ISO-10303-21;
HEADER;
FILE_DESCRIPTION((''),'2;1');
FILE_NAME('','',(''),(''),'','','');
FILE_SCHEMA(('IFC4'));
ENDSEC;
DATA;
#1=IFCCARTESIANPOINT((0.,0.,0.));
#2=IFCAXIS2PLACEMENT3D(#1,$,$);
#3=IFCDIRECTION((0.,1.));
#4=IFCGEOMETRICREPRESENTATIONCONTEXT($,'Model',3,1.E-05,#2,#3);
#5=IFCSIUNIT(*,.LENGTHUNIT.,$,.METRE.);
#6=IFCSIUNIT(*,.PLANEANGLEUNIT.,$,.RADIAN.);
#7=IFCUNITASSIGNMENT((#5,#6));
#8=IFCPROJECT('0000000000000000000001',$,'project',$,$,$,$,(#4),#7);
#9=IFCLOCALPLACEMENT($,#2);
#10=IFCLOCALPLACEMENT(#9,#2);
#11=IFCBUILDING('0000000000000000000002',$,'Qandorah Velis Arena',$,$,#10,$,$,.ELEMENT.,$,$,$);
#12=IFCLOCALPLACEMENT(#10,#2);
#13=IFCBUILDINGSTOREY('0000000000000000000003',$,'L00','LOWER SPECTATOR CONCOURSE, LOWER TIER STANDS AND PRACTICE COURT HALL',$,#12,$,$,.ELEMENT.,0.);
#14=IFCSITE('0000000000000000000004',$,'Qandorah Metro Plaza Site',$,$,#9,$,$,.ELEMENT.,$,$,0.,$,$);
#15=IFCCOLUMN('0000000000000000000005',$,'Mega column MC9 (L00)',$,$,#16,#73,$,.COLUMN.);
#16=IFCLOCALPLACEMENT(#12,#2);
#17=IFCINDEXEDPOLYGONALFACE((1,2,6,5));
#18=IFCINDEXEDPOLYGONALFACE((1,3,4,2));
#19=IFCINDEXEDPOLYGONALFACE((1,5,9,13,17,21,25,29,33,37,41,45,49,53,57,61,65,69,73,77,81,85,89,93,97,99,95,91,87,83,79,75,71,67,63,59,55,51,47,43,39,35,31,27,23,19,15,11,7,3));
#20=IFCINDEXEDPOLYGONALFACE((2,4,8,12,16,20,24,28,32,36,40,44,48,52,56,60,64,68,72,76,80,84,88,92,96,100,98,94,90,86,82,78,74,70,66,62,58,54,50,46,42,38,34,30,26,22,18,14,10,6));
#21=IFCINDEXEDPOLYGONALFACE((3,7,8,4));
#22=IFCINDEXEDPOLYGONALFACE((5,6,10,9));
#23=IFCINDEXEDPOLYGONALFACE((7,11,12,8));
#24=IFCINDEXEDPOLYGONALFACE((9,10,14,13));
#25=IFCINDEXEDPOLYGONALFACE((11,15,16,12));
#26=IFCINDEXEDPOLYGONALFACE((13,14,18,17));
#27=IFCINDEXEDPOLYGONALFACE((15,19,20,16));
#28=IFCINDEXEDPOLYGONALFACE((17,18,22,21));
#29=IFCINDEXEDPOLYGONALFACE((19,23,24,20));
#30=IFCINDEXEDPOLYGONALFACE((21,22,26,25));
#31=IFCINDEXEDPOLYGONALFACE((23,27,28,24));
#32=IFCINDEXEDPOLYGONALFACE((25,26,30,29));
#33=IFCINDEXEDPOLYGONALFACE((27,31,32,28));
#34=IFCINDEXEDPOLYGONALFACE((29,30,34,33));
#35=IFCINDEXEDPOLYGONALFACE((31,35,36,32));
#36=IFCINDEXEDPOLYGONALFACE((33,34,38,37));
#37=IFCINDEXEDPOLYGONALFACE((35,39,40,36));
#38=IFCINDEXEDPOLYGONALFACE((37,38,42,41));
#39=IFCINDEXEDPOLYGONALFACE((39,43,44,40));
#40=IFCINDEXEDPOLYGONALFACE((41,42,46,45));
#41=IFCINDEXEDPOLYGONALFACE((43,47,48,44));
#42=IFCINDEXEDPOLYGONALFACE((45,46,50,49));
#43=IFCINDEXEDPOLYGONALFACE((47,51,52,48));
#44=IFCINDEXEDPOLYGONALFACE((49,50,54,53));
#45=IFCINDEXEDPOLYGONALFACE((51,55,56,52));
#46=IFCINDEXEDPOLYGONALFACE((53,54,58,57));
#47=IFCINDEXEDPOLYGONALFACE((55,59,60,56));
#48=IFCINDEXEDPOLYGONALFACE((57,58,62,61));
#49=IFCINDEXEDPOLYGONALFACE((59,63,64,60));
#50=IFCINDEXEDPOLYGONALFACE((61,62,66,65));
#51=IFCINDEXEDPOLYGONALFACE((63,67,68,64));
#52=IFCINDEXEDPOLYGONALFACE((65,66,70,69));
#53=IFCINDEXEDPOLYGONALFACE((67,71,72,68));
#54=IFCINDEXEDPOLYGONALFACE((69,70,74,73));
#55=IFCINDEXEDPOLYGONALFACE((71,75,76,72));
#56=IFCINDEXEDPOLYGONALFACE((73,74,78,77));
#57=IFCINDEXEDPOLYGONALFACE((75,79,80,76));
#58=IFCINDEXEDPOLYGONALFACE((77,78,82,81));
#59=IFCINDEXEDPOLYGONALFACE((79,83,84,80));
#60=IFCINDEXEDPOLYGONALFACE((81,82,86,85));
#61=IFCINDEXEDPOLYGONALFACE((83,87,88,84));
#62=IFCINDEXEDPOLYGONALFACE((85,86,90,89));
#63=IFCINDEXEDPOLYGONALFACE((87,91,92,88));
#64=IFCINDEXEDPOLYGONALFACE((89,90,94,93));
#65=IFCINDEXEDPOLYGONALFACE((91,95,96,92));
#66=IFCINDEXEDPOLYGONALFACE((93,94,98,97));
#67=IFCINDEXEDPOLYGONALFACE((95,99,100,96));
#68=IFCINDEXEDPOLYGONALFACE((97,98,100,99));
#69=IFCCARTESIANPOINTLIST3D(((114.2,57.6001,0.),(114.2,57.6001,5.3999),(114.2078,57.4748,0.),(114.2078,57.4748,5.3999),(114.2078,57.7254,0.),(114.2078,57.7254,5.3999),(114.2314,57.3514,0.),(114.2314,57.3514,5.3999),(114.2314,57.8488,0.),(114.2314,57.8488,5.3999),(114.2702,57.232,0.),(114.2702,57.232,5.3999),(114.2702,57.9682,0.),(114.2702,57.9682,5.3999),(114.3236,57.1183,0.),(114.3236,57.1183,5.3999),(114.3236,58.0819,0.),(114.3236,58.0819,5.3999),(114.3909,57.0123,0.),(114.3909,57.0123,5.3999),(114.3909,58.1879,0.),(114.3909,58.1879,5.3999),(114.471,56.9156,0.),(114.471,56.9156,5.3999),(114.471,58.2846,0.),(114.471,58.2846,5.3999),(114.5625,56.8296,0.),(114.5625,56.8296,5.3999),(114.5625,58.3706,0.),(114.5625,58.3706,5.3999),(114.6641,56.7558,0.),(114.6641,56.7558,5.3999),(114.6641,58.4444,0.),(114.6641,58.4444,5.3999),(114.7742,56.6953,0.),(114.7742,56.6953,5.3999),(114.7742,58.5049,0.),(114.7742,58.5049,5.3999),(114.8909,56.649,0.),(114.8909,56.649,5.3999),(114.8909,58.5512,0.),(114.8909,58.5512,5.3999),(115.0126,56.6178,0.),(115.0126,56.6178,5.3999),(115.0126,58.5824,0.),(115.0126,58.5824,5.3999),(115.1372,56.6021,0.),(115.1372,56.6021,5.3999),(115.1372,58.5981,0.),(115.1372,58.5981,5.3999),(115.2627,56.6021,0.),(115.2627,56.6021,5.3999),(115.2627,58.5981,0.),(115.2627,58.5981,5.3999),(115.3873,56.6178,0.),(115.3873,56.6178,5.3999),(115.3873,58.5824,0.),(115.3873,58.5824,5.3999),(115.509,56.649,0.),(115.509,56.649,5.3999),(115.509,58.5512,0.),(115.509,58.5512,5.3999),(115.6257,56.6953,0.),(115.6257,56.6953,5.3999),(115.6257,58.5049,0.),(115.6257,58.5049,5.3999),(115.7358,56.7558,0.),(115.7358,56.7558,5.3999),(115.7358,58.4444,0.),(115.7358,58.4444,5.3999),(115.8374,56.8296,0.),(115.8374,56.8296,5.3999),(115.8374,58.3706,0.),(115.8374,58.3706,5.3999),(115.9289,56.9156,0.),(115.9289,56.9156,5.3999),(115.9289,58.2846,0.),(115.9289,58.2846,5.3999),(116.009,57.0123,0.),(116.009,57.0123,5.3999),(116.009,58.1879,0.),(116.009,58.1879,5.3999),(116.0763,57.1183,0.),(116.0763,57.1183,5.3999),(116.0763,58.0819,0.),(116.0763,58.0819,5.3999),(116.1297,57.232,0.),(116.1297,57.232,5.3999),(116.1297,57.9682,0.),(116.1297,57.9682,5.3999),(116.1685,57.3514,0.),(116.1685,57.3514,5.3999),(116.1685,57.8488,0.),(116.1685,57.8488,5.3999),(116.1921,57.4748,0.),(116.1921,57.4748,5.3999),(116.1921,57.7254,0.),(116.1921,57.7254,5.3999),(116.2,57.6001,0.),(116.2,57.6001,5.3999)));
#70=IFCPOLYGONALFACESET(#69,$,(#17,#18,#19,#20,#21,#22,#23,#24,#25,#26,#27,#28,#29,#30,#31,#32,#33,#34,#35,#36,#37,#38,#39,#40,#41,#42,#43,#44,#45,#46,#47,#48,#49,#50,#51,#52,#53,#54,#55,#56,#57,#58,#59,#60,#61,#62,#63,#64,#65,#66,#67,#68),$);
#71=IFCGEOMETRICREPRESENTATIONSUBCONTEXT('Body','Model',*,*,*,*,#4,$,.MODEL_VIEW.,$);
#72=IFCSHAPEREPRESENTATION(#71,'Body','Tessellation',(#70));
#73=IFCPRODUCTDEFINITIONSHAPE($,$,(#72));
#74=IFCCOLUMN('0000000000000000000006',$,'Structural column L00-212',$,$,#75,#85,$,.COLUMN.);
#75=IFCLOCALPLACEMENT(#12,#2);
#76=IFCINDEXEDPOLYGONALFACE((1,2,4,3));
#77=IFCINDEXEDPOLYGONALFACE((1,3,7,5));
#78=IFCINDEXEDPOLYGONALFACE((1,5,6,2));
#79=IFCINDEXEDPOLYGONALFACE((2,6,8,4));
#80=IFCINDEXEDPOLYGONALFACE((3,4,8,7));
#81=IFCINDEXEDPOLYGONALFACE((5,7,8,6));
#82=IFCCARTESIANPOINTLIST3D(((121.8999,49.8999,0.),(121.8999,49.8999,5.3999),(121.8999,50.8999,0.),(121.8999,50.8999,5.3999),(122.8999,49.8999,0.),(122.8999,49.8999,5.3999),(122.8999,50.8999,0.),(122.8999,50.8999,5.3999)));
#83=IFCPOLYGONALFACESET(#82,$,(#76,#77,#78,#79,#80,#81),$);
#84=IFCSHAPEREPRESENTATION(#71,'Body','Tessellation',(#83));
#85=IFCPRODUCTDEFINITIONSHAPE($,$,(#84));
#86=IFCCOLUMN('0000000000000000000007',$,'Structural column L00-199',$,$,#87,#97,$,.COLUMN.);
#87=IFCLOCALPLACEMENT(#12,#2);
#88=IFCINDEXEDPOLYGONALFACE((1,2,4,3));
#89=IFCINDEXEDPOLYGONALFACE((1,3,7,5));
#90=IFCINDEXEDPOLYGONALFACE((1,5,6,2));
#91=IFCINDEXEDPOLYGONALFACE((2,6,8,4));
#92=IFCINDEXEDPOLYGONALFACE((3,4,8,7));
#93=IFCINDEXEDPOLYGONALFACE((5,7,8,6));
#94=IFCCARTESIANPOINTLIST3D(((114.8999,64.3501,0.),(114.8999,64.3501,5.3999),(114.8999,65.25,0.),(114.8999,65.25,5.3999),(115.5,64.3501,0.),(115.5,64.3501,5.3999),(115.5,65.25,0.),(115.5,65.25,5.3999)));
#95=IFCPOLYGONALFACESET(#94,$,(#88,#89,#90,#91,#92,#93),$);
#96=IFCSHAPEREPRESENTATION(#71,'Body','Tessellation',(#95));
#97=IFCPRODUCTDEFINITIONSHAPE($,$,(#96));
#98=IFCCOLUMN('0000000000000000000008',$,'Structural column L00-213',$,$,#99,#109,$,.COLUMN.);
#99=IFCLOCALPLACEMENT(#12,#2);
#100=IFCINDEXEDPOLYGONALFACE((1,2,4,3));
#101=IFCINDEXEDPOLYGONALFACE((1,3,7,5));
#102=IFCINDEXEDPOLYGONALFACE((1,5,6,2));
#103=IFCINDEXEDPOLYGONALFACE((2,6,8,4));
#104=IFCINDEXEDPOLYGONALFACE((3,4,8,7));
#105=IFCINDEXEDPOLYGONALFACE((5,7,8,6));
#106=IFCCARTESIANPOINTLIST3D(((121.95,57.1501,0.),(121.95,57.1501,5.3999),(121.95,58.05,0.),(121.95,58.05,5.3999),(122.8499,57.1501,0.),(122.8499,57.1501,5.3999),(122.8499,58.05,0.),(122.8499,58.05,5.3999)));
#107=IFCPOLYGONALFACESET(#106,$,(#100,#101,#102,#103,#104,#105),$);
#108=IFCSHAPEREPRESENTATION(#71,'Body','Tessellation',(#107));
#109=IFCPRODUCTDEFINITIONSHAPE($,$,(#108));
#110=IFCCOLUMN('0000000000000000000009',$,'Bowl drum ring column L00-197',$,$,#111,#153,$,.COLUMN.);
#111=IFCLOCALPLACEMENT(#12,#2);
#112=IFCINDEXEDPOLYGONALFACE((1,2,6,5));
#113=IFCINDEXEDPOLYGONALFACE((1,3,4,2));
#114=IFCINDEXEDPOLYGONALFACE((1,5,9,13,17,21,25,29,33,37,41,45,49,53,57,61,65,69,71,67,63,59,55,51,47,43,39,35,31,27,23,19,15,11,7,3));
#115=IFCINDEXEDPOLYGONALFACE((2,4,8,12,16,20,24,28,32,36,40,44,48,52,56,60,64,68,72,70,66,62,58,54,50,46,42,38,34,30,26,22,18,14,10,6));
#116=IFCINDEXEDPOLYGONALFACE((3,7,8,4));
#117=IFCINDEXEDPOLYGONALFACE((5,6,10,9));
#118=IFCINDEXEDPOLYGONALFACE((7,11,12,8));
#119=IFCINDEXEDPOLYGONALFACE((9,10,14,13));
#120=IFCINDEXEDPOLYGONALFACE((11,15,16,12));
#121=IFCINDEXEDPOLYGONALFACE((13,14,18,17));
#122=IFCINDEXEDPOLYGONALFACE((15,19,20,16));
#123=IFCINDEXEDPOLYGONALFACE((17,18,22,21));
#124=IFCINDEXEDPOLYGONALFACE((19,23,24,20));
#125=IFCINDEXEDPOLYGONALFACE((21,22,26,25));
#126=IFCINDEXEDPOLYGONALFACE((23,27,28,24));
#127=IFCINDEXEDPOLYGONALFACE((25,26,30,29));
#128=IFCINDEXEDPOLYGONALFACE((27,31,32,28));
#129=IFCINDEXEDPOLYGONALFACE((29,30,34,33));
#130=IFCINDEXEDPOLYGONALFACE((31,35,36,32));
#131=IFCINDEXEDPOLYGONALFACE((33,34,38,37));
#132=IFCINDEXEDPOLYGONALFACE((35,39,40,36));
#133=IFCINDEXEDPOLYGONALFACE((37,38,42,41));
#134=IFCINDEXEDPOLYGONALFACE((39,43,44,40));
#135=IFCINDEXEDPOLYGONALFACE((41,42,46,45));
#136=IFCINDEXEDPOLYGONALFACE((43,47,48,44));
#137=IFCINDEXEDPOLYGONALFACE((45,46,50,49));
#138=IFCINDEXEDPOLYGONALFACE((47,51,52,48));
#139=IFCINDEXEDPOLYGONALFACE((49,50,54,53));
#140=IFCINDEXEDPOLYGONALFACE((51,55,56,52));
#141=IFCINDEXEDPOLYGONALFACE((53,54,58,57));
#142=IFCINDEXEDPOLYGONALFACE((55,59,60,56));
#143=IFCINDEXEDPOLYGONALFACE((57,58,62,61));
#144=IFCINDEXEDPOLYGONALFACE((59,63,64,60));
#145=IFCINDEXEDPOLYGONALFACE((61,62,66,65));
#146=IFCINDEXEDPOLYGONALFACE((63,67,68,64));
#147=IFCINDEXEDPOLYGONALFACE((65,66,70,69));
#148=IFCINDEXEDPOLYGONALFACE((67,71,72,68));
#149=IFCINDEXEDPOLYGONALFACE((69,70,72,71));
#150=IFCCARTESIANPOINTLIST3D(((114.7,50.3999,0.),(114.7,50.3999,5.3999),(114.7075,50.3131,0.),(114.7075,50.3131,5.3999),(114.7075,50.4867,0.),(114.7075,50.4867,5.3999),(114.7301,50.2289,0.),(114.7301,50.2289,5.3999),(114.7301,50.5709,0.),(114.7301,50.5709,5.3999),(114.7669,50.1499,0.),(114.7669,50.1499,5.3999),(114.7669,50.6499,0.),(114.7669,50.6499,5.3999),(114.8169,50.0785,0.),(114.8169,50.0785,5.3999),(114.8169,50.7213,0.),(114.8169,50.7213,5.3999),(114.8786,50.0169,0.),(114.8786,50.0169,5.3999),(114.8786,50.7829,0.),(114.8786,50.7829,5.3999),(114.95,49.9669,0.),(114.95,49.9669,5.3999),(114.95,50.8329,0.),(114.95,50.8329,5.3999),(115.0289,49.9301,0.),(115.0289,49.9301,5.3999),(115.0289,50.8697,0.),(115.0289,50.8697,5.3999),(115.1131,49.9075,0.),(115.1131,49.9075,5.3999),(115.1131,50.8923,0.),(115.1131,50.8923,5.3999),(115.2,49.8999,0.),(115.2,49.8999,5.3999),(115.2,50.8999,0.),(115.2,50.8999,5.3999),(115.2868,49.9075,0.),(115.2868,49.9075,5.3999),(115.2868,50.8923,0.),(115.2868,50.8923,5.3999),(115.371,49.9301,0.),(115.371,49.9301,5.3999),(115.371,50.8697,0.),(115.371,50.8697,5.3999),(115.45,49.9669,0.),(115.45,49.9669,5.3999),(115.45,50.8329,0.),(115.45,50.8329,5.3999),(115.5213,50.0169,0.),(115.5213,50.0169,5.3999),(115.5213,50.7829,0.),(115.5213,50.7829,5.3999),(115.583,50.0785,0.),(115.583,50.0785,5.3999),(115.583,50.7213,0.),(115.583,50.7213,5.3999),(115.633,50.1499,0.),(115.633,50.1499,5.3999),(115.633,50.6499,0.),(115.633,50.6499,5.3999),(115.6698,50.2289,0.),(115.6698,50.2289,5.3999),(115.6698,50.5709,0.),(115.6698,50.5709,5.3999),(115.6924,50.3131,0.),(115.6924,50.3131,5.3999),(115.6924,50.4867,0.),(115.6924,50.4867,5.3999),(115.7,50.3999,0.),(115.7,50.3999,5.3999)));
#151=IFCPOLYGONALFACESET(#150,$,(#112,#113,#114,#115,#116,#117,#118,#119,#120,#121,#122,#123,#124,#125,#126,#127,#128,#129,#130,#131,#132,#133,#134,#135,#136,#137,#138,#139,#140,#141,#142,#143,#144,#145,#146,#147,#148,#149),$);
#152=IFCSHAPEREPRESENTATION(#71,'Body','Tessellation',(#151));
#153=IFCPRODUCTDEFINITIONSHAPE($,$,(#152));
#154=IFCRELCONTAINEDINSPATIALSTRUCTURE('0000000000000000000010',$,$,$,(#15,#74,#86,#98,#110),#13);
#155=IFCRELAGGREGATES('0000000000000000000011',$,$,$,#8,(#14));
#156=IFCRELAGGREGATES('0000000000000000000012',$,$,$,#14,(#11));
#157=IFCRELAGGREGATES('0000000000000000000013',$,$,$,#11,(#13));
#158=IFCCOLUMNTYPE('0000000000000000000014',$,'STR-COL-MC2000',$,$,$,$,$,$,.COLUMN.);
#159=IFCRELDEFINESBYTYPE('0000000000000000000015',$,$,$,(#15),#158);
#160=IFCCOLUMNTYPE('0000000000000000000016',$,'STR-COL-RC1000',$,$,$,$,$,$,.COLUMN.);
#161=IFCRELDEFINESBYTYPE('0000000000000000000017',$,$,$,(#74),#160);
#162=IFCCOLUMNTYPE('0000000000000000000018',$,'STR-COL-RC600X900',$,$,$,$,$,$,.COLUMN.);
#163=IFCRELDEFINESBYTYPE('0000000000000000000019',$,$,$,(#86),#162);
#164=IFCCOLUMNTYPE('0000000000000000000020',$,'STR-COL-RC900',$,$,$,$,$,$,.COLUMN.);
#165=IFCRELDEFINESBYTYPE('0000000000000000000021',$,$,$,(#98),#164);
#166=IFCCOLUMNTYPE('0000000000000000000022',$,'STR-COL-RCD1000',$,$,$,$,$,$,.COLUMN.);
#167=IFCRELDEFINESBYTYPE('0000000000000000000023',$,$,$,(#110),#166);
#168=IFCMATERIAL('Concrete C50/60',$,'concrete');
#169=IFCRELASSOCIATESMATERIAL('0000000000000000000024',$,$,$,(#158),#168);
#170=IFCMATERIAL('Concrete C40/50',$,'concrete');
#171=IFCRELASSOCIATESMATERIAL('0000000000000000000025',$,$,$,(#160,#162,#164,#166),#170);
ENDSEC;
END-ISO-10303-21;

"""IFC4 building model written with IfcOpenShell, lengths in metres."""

from ifc_helpers import new_model, si_unit, direction, frame, origin, origin_2d, place, context, subcontext, project, spatial, rectangle, circle, extrude, material, material_profile, profile_set, type_object, element, save


model = new_model("IFC4")

# Units and contexts
model_context = context("Model", 3, precision=1e-05, world=origin(), true_north=direction((0.0, 1.0)))
body_context = subcontext(model_context, "Body", "Model", "MODEL_VIEW")
ifc_project = project(units=[si_unit("LENGTHUNIT", "METRE"), si_unit("PLANEANGLEUNIT", "RADIAN")], contexts=[model_context])

# Site, building, storey
site_placement = place(None, origin())
site = spatial("IfcSite", under=ifc_project, at=site_placement, Name="Qandorah Metro Plaza Site", CompositionType="ELEMENT", RefElevation=0.0)
building_placement = place(site_placement, origin())
building = spatial("IfcBuilding", under=site, at=building_placement, Name="Qandorah Velis Arena", CompositionType="ELEMENT")
storey_placement = place(building_placement, origin())
storey = spatial("IfcBuildingStorey", under=building, at=storey_placement, Name="L00", Description="LOWER SPECTATOR CONCOURSE, LOWER TIER STANDS AND PRACTICE COURT HALL", CompositionType="ELEMENT", Elevation=0.0)

# Columns
ifc_material_1 = material(Name="Concrete C50/60", Category="concrete")
ifc_material_profile_1 = material_profile(ifc_material_1, circle(Radius=1.0, at=origin_2d()), Name="MC D2000")
ifc_profile_set_1 = profile_set([ifc_material_profile_1], Name="Concrete C50/60")
column_type_1 = type_object("IfcColumnType", Name="STR-COL-MC2000", PredefinedType="COLUMN", material=ifc_profile_set_1)
column_1_placement = place(storey_placement, frame((115.2, 57.6001, 0.0), z_axis=(0.0, 0.0, 1.0), x_axis=(1.0, 0.0, 0.0)))
element("IfcColumn", 1, at=column_1_placement, inside=storey, type_object=column_type_1, Name="Mega column MC9 (L00)", PredefinedType="COLUMN", context=body_context, shape_type="SweptSolid", body=[
    extrude(circle(Radius=1.0, at=origin_2d()), origin(), (0.0, 0.0, 1.0), 5.3999),
])
ifc_material_2 = material(Name="Concrete C40/50", Category="concrete")
ifc_material_profile_2 = material_profile(ifc_material_2, rectangle(XDim=1.0, YDim=1.0, at=origin_2d()), Name="RC COL 1000x1000")
ifc_profile_set_2 = profile_set([ifc_material_profile_2], Name="Concrete C40/50")
column_type_2 = type_object("IfcColumnType", Name="STR-COL-RC1000", PredefinedType="COLUMN", material=ifc_profile_set_2)
column_2_placement = place(storey_placement, frame((122.3999, 50.3999, 0.0), z_axis=(0.0, 0.0, 1.0), x_axis=(1.0, 0.0, 0.0)))
element("IfcColumn", 2, at=column_2_placement, inside=storey, type_object=column_type_2, Name="Structural column L00-212", PredefinedType="COLUMN", context=body_context, shape_type="SweptSolid", body=[
    extrude(rectangle(XDim=1.0, YDim=1.0, at=origin_2d()), origin(), (0.0, 0.0, 1.0), 5.3999),
])
ifc_material_profile_3 = material_profile(ifc_material_2, rectangle(XDim=0.6001, YDim=0.8999, at=origin_2d()), Name="RC COL 600x900")
ifc_profile_set_3 = profile_set([ifc_material_profile_3], Name="Concrete C40/50")
column_type_3 = type_object("IfcColumnType", Name="STR-COL-RC600X900", PredefinedType="COLUMN", material=ifc_profile_set_3)
column_3_placement = place(storey_placement, frame((115.2, 64.8, 0.0), z_axis=(0.0, 0.0, 1.0), x_axis=(1.0, 0.0, 0.0)))
element("IfcColumn", 3, at=column_3_placement, inside=storey, type_object=column_type_3, Name="Structural column L00-199", PredefinedType="COLUMN", context=body_context, shape_type="SweptSolid", body=[
    extrude(rectangle(XDim=0.6001, YDim=0.8999, at=origin_2d()), origin(), (0.0, 0.0, 1.0), 5.3999),
])
ifc_material_profile_4 = material_profile(ifc_material_2, rectangle(XDim=0.8999, YDim=0.8999, at=origin_2d()), Name="RC COL 900x900")
ifc_profile_set_4 = profile_set([ifc_material_profile_4], Name="Concrete C40/50")
column_type_4 = type_object("IfcColumnType", Name="STR-COL-RC900", PredefinedType="COLUMN", material=ifc_profile_set_4)
column_4_placement = place(storey_placement, frame((122.3999, 57.6001, 0.0), z_axis=(0.0, 0.0, 1.0), x_axis=(1.0, 0.0, 0.0)))
element("IfcColumn", 4, at=column_4_placement, inside=storey, type_object=column_type_4, Name="Structural column L00-213", PredefinedType="COLUMN", context=body_context, shape_type="SweptSolid", body=[
    extrude(rectangle(XDim=0.8999, YDim=0.8999, at=origin_2d()), origin(), (0.0, 0.0, 1.0), 5.3999),
])
ifc_material_profile_5 = material_profile(ifc_material_2, circle(Radius=0.5, at=origin_2d()), Name="RC D1000")
ifc_profile_set_5 = profile_set([ifc_material_profile_5], Name="Concrete C40/50")
column_type_5 = type_object("IfcColumnType", Name="STR-COL-RCD1000", PredefinedType="COLUMN", material=ifc_profile_set_5)
column_5_placement = place(storey_placement, frame((115.2, 50.3999, 0.0), z_axis=(0.0, 0.0, 1.0), x_axis=(1.0, 0.0, 0.0)))
element("IfcColumn", 5, at=column_5_placement, inside=storey, type_object=column_type_5, Name="Bowl drum ring column L00-197", PredefinedType="COLUMN", context=body_context, shape_type="SweptSolid", body=[
    extrude(circle(Radius=0.5, at=origin_2d()), origin(), (0.0, 0.0, 1.0), 5.3999),
])

save(model, "model.ifc")
